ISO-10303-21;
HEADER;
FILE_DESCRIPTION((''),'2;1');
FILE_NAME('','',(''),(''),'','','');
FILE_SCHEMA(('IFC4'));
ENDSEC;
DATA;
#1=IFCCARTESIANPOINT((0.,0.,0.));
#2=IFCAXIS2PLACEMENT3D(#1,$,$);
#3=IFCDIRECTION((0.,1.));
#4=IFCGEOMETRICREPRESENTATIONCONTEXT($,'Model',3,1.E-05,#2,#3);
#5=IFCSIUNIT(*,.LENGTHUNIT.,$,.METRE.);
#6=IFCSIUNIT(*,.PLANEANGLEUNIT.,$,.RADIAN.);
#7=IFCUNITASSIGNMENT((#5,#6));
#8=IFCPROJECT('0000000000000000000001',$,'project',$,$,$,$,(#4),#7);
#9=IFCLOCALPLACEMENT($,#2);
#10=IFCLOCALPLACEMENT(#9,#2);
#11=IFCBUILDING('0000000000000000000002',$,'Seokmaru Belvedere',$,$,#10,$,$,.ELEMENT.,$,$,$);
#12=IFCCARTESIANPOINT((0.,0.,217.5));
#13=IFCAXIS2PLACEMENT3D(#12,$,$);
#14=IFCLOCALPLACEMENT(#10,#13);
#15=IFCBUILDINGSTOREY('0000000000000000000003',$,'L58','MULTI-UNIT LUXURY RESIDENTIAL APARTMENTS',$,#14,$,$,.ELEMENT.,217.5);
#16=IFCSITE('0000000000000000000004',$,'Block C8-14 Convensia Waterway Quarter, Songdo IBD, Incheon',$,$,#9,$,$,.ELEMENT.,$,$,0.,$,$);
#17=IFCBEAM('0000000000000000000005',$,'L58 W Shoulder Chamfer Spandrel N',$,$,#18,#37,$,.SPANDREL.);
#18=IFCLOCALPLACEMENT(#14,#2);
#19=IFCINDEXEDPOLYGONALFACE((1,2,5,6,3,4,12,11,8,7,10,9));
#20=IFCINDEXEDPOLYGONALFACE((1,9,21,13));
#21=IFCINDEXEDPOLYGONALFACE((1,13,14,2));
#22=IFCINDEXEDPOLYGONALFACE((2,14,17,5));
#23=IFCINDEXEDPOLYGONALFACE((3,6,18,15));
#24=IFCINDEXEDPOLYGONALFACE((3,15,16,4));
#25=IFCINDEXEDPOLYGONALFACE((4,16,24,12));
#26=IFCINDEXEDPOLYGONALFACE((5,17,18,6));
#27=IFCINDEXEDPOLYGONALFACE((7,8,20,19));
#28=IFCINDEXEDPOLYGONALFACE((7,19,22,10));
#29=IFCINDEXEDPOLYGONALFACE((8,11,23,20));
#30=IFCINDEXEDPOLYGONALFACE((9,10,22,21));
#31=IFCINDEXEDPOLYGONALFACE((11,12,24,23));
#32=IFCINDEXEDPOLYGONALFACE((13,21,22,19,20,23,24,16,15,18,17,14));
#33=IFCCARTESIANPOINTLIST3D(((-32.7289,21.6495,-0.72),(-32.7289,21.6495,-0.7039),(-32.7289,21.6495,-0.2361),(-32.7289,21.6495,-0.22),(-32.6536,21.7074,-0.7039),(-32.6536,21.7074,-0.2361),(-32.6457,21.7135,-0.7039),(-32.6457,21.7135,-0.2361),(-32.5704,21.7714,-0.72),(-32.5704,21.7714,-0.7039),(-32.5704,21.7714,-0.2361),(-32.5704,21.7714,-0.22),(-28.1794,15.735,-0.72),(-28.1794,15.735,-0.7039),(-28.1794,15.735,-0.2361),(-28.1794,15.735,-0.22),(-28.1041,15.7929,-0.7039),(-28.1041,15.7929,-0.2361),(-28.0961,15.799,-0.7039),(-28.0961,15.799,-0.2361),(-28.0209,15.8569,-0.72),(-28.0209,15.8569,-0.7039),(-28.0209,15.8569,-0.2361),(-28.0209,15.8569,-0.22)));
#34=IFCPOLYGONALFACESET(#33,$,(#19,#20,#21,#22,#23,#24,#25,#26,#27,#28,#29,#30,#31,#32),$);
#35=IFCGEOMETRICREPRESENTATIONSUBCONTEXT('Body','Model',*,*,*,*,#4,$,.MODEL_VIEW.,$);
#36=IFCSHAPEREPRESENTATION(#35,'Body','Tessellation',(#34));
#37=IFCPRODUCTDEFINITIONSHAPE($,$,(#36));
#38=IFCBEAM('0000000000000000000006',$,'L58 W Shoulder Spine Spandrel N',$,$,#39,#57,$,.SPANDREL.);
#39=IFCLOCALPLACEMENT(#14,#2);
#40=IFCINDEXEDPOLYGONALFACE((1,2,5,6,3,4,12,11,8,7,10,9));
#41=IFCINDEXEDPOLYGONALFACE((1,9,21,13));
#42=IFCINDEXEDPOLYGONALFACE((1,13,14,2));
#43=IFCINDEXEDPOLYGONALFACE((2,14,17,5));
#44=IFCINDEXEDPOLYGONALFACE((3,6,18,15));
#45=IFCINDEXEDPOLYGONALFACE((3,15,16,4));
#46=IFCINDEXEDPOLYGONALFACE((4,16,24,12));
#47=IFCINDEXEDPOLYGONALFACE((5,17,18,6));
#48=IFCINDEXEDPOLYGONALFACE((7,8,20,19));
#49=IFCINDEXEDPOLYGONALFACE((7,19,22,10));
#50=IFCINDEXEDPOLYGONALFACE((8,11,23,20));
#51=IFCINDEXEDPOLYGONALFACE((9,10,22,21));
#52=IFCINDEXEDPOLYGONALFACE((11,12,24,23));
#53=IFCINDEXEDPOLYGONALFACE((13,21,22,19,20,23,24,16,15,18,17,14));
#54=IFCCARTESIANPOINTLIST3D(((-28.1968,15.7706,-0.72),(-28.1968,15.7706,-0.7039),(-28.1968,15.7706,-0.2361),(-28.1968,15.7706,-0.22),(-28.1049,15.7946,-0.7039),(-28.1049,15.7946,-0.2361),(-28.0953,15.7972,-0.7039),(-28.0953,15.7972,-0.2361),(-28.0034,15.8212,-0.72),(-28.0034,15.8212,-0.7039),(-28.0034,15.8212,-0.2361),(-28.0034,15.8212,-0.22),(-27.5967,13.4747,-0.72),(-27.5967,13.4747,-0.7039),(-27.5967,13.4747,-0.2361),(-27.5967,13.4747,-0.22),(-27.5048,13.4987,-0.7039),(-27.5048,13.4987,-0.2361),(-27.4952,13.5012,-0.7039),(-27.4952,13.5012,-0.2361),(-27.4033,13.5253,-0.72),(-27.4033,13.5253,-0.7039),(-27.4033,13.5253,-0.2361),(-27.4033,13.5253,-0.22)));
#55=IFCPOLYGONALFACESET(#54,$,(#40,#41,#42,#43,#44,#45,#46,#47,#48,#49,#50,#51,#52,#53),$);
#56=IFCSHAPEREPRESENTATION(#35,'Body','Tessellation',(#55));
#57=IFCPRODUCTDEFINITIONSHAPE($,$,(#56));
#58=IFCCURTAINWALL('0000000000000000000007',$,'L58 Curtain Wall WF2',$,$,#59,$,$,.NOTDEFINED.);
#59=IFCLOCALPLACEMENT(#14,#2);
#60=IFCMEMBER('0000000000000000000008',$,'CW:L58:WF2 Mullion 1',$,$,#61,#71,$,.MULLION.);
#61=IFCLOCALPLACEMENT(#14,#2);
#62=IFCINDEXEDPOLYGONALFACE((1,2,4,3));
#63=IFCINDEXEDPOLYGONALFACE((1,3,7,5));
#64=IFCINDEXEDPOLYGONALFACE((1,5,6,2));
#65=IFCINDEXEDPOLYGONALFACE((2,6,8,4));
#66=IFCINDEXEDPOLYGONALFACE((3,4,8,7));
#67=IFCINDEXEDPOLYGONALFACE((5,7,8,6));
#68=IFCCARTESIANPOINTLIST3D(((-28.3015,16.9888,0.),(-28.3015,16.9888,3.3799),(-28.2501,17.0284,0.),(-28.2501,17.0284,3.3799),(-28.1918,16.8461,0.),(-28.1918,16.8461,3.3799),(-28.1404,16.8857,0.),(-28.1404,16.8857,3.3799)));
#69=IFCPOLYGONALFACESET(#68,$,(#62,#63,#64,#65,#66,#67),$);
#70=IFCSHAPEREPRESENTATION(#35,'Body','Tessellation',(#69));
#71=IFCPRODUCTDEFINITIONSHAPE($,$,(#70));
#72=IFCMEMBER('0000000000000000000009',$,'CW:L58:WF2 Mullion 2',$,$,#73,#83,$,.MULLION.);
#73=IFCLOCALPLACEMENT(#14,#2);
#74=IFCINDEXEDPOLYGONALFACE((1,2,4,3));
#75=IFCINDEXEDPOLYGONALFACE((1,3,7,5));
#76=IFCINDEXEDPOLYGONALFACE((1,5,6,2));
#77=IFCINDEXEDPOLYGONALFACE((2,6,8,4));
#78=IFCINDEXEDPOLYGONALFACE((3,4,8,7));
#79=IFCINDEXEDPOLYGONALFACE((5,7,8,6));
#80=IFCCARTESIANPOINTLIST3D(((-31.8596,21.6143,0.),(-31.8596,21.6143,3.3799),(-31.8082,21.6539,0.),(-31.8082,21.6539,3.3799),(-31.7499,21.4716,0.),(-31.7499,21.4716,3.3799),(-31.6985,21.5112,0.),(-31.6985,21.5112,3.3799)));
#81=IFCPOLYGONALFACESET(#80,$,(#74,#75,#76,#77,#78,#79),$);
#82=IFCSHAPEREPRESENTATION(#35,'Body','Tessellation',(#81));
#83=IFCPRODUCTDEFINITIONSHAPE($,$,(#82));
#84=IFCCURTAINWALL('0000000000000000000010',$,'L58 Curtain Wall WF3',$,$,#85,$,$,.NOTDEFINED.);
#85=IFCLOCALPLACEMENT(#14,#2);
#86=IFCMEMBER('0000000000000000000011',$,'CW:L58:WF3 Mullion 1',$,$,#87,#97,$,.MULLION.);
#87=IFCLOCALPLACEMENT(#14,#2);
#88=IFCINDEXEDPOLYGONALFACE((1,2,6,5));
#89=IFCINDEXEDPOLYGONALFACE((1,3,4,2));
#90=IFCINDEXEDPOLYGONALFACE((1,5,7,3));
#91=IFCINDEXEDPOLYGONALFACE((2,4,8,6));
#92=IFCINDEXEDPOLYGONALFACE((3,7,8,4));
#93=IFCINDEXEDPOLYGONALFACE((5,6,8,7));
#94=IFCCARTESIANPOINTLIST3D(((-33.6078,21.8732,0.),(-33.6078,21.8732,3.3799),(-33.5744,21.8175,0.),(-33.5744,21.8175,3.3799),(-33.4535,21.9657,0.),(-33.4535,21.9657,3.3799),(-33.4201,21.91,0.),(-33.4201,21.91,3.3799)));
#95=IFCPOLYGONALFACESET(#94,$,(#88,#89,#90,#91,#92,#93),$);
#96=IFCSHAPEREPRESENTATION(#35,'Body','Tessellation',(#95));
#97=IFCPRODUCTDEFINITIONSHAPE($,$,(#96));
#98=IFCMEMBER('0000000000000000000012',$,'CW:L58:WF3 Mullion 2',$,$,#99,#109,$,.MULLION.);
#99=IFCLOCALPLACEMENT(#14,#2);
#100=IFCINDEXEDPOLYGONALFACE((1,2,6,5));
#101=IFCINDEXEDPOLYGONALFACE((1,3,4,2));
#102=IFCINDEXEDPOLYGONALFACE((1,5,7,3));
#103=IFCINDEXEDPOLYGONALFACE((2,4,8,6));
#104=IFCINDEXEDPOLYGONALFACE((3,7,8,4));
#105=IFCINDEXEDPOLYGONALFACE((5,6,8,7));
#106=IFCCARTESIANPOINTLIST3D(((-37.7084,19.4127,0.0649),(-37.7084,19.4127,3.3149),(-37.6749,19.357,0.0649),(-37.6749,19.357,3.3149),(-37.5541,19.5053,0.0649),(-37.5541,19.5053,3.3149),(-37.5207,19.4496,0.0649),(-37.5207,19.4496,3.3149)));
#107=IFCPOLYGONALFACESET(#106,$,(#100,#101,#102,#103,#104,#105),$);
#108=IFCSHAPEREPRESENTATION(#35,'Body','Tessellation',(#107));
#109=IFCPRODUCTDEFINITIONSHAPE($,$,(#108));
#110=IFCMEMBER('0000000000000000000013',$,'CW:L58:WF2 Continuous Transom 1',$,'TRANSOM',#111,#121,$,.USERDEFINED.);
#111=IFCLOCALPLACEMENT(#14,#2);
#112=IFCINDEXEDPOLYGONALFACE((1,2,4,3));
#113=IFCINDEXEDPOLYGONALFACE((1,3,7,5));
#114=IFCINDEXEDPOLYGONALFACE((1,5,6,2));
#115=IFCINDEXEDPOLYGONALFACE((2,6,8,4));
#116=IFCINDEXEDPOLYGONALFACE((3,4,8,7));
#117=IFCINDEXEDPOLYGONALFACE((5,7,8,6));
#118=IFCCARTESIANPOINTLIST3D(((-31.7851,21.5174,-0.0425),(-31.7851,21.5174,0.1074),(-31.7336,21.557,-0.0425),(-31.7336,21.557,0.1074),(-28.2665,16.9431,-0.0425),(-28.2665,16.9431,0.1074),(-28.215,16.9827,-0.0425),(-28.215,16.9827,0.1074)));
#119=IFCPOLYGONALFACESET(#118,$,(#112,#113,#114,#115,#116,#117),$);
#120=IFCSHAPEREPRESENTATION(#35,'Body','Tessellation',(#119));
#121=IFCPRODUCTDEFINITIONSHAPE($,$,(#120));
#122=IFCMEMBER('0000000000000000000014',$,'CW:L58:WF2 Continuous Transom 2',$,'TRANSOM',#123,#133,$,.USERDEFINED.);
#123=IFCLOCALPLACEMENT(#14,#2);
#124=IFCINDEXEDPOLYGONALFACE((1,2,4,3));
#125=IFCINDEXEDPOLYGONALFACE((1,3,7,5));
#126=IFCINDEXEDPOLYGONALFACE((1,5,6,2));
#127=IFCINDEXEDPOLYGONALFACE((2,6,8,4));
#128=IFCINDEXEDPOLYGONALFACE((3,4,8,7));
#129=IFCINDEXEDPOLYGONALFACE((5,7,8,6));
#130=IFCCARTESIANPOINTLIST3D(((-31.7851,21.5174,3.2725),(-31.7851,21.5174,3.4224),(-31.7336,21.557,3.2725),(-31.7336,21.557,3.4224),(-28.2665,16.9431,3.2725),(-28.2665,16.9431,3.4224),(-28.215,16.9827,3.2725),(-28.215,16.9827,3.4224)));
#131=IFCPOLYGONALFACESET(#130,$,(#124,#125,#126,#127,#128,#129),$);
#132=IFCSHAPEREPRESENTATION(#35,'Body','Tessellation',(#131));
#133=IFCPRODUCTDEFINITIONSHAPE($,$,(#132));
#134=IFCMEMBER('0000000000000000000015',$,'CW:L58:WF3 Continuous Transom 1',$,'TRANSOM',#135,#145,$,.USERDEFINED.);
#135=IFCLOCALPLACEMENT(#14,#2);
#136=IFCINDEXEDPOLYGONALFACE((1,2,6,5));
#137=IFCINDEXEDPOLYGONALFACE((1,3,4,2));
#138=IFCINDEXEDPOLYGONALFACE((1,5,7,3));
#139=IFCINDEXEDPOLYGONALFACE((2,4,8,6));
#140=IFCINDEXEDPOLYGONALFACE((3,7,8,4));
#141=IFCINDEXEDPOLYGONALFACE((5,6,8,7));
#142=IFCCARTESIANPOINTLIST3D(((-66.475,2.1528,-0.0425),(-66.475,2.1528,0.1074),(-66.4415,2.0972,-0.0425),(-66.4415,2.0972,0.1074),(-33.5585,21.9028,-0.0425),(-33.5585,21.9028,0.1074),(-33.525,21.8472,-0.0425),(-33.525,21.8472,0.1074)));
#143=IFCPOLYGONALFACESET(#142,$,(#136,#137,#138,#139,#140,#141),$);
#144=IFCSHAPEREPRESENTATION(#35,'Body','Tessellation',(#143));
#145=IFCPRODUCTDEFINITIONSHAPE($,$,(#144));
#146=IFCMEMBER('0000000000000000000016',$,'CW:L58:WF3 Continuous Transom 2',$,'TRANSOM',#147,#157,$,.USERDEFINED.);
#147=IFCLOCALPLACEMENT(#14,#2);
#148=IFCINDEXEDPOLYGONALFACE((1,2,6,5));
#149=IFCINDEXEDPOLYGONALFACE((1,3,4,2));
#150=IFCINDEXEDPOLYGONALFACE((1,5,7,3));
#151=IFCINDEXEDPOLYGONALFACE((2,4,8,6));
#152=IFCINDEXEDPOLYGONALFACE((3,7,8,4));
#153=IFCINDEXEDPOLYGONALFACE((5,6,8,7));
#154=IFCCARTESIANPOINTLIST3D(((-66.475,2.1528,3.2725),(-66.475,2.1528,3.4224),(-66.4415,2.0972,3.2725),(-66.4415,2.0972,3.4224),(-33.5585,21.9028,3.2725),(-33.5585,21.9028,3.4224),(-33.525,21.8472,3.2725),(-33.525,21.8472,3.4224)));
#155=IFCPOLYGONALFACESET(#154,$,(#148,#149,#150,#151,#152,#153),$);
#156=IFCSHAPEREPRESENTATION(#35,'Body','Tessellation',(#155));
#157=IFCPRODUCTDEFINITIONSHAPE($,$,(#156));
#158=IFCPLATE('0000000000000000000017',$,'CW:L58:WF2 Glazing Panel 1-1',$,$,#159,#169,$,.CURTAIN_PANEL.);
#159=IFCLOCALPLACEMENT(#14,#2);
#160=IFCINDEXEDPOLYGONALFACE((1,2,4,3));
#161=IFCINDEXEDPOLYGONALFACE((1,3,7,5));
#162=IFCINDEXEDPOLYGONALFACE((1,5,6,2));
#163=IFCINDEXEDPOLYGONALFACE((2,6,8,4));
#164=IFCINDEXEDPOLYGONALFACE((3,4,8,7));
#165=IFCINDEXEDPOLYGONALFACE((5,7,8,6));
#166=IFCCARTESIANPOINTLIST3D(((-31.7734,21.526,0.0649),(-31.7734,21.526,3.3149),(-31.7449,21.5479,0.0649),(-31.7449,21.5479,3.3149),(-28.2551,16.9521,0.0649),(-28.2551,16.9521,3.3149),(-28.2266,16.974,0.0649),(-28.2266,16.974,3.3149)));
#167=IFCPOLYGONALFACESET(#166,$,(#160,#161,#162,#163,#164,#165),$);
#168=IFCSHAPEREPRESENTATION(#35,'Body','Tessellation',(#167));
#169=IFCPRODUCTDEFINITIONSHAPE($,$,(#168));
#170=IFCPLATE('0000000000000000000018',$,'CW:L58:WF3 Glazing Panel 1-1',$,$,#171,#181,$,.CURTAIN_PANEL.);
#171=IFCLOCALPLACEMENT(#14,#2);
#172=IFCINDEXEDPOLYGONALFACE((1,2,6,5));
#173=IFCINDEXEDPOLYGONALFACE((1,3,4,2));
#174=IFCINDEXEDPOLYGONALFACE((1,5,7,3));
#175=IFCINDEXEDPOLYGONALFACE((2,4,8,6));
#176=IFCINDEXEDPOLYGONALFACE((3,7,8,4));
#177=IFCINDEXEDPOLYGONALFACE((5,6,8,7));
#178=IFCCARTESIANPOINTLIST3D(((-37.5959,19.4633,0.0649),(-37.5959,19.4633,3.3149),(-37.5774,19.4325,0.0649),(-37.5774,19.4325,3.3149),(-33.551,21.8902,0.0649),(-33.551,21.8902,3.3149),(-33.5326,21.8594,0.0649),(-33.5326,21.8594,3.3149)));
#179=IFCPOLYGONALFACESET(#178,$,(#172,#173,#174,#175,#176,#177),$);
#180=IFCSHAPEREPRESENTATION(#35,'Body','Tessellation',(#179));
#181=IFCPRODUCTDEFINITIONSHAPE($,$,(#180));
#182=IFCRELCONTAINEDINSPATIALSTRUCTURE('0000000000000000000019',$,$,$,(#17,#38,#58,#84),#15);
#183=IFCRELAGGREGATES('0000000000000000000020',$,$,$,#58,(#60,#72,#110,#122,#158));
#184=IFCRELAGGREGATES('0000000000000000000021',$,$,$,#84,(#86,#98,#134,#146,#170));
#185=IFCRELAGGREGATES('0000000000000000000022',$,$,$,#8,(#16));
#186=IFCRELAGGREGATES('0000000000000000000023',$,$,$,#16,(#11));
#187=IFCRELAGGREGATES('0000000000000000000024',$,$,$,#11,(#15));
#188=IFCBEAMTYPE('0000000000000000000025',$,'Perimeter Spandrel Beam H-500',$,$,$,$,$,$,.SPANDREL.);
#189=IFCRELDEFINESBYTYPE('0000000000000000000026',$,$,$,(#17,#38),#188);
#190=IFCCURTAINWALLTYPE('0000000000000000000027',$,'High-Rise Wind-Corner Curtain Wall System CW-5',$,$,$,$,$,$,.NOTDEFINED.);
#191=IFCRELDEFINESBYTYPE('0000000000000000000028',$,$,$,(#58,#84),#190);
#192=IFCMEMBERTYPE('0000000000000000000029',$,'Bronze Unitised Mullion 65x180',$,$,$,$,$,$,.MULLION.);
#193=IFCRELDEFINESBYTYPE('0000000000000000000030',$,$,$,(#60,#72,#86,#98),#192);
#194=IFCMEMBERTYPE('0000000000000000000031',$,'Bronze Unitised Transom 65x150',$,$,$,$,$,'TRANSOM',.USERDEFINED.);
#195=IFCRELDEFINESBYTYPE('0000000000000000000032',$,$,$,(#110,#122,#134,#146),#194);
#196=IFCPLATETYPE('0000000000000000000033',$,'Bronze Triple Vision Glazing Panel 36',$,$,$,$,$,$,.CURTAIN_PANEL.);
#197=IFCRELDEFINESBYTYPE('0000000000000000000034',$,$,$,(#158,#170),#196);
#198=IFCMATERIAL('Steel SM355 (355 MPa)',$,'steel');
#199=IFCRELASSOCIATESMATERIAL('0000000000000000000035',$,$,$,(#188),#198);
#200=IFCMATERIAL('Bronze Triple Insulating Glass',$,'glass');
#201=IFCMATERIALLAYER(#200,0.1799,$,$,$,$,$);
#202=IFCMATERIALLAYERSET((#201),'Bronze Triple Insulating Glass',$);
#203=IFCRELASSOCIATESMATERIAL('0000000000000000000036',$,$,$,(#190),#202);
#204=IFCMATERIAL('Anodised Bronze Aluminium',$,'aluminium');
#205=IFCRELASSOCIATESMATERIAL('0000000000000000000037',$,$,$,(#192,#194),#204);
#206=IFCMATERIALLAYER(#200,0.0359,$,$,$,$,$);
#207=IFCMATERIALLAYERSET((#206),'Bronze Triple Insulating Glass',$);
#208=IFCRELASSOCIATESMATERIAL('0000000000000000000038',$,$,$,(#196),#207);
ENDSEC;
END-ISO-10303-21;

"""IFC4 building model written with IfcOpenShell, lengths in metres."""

from ifc_helpers import new_model, si_unit, direction, frame, origin, origin_2d, place, context, subcontext, project, spatial, rectangle, i_section, extrude, source, transform, mapped, material, layer, layer_set, material_profile, profile_set, type_object, type_shapes, element, aggregate, save


model = new_model("IFC4")

# Units and contexts
model_context = context("Model", 3, precision=1e-05, world=origin(), true_north=direction((0.0, 1.0)))
body_context = subcontext(model_context, "Body", "Model", "MODEL_VIEW")
ifc_project = project(units=[si_unit("LENGTHUNIT", "METRE"), si_unit("PLANEANGLEUNIT", "RADIAN")], contexts=[model_context])

# Site, building, storey
site_placement = place(None, origin())
site = spatial("IfcSite", under=ifc_project, at=site_placement, Name="Block C8-14 Convensia Waterway Quarter, Songdo IBD, Incheon", CompositionType="ELEMENT", RefElevation=0.0)
building_placement = place(site_placement, origin())
building = spatial("IfcBuilding", under=site, at=building_placement, Name="Seokmaru Belvedere", CompositionType="ELEMENT")
storey_placement = place(building_placement, frame((0.0, 0.0, 217.5)))
storey = spatial("IfcBuildingStorey", under=building, at=storey_placement, Name="L58", Description="MULTI-UNIT LUXURY RESIDENTIAL APARTMENTS", CompositionType="ELEMENT", Elevation=217.5)

# Shared definitions
ifc_material_1 = material(Name="Steel SM355 (355 MPa)", Category="steel")

# Beams
ifc_material_profile_1 = material_profile(ifc_material_1, i_section(OverallWidth=0.2, OverallDepth=0.5, WebThickness=0.01, FlangeThickness=0.0161, at=origin_2d()), Name="H-500x200x10x16")
ifc_profile_set_1 = profile_set([ifc_material_profile_1], Name="Steel SM355 (355 MPa)")
beam_type_1 = type_object("IfcBeamType", Name="Perimeter Spandrel Beam H-500", PredefinedType="SPANDREL", material=ifc_profile_set_1)
shared_shape_1 = source(origin(), body_context, "Body", "SweptSolid", [
    extrude(i_section(OverallWidth=0.2, OverallDepth=0.5, WebThickness=0.01, FlangeThickness=0.0161, at=origin_2d()), origin(), (0.0, 0.0, 1.0), 7.4619),
])
beam_1_placement = place(storey_placement, frame((-32.6497, 21.7104, -0.47), z_axis=(0.609703, -0.79263, 0.0), x_axis=(0.79263, 0.609703, 0.0)))
element("IfcBeam", 1, at=beam_1_placement, inside=storey, type_object=beam_type_1, Name="L58 W Shoulder Chamfer Spandrel N", PredefinedType="SPANDREL", context=body_context, shape_type="MappedRepresentation", body=[
    mapped(shared_shape_1, transform((0.0, 0.0, 0.0), scale=1.0)),
])
shared_shape_2 = source(origin(), body_context, "Body", "SweptSolid", [
    extrude(i_section(OverallWidth=0.2, OverallDepth=0.5, WebThickness=0.01, FlangeThickness=0.0161, at=origin_2d()), origin(), (0.0, 0.0, 1.0), 2.373),
])
beam_2_placement = place(storey_placement, frame((-28.1001, 15.7959, -0.47), z_axis=(0.252883, -0.967497, 0.0), x_axis=(0.967497, 0.252883, 0.0)))
element("IfcBeam", 2, at=beam_2_placement, inside=storey, type_object=beam_type_1, Name="L58 W Shoulder Spine Spandrel N", PredefinedType="SPANDREL", context=body_context, shape_type="MappedRepresentation", body=[
    mapped(shared_shape_2, transform((0.0, 0.0, 0.0), scale=1.0)),
])

# Curtain walls, members
ifc_material_2 = material(Name="Bronze Triple Insulating Glass", Category="glass")
ifc_layer_1 = layer(ifc_material_2, 0.1799)
ifc_layer_set_1 = layer_set([ifc_layer_1], Name="Bronze Triple Insulating Glass")
curtain_wall_type = type_object("IfcCurtainWallType", Name="High-Rise Wind-Corner Curtain Wall System CW-5", PredefinedType="NOTDEFINED", material=ifc_layer_set_1)
curtain_wall_1_placement = place(storey_placement, origin())
curtain_wall_1 = element("IfcCurtainWall", 3, at=curtain_wall_1_placement, inside=storey, type_object=curtain_wall_type, Name="L58 Curtain Wall WF2", PredefinedType="NOTDEFINED")
ifc_material_3 = material(Name="Anodised Bronze Aluminium", Category="aluminium")
ifc_material_profile_2 = material_profile(ifc_material_3, rectangle(XDim=0.0649, YDim=0.1799, at=origin_2d()), Name="CW-M-65x180")
ifc_profile_set_2 = profile_set([ifc_material_profile_2], Name="Anodised Bronze Aluminium")
member_type_1 = type_object("IfcMemberType", Name="Bronze Unitised Mullion 65x180", PredefinedType="MULLION", material=ifc_profile_set_2)
shared_shape_3 = source(origin(), body_context, "Body", "SweptSolid", [
    extrude(rectangle(XDim=0.0649, YDim=0.1799, at=origin_2d()), origin(), (0.0, 0.0, 1.0), 3.3799),
])
member_1_placement = place(storey_placement, frame((-28.2209, 16.9373, 0.0), z_axis=(0.0, 0.0, 1.0), x_axis=(-0.792631, -0.609701, 0.0)))
member_1 = element("IfcMember", 4, at=member_1_placement, type_object=member_type_1, Name="CW:L58:WF2 Mullion 1", PredefinedType="MULLION", context=body_context, shape_type="MappedRepresentation", body=[
    mapped(shared_shape_3, transform((0.0, 0.0, 0.0), scale=1.0)),
])
member_2_placement = place(storey_placement, frame((-31.7791, 21.5627, 0.0), z_axis=(0.0, 0.0, 1.0), x_axis=(-0.792631, -0.609701, 0.0)))
member_2 = element("IfcMember", 5, at=member_2_placement, type_object=member_type_1, Name="CW:L58:WF2 Mullion 2", PredefinedType="MULLION", context=body_context, shape_type="MappedRepresentation", body=[
    mapped(shared_shape_3, transform((0.0, 0.0, 0.0), scale=1.0)),
])
curtain_wall_2_placement = place(storey_placement, origin())
curtain_wall_2 = element("IfcCurtainWall", 6, at=curtain_wall_2_placement, inside=storey, type_object=curtain_wall_type, Name="L58 Curtain Wall WF3", PredefinedType="NOTDEFINED")
member_3_placement = place(storey_placement, frame((-33.5139, 21.8916, 0.0), z_axis=(0.0, 0.0, 1.0), x_axis=(0.514495, -0.857493, 0.0)))
member_3 = element("IfcMember", 7, at=member_3_placement, type_object=member_type_1, Name="CW:L58:WF3 Mullion 1", PredefinedType="MULLION", context=body_context, shape_type="MappedRepresentation", body=[
    mapped(shared_shape_3, transform((0.0, 0.0, 0.0), scale=1.0)),
])
shared_shape_4 = source(origin(), body_context, "Body", "SweptSolid", [
    extrude(rectangle(XDim=0.0649, YDim=0.1799, at=origin_2d()), origin(), (0.0, 0.0, 1.0), 3.25),
])
type_shapes(member_type_1, [shared_shape_3, shared_shape_4])
member_4_placement = place(storey_placement, frame((-37.6145, 19.4312, 0.0649), z_axis=(0.0, 0.0, 1.0), x_axis=(0.514495, -0.857493, 0.0)))
member_4 = element("IfcMember", 8, at=member_4_placement, type_object=member_type_1, Name="CW:L58:WF3 Mullion 2", PredefinedType="MULLION", context=body_context, shape_type="MappedRepresentation", body=[
    mapped(shared_shape_4, transform((0.0, 0.0, 0.0), scale=1.0)),
])

# Members
ifc_material_profile_3 = material_profile(ifc_material_3, rectangle(XDim=0.0649, YDim=0.1499, at=origin_2d()), Name="CW-T-65x150")
ifc_profile_set_3 = profile_set([ifc_material_profile_3], Name="Anodised Bronze Aluminium")
member_type_2 = type_object("IfcMemberType", Name="Bronze Unitised Transom 65x150", ElementType="TRANSOM", PredefinedType="USERDEFINED", material=ifc_profile_set_3)
shared_shape_5 = source(origin(), body_context, "Body", "SweptSolid", [
    extrude(rectangle(XDim=0.0649, YDim=0.1499, at=origin_2d()), origin(), (0.0, 0.0, 1.0), 5.771),
])
member_5_placement = place(storey_placement, frame((-28.2407, 16.9629, 0.0325), z_axis=(-0.609703, 0.79263, 0.0), x_axis=(-0.79263, -0.609703, 0.0)))
member_5 = element("IfcMember", 9, at=member_5_placement, type_object=member_type_2, Name="CW:L58:WF2 Continuous Transom 1", ObjectType="TRANSOM", PredefinedType="USERDEFINED", context=body_context, shape_type="MappedRepresentation", body=[
    mapped(shared_shape_5, transform((0.0, 0.0, 0.0), scale=1.0)),
])
member_6_placement = place(storey_placement, frame((-28.2407, 16.9629, 3.3474), z_axis=(-0.609703, 0.79263, 0.0), x_axis=(-0.79263, -0.609703, 0.0)))
member_6 = element("IfcMember", 10, at=member_6_placement, type_object=member_type_2, Name="CW:L58:WF2 Continuous Transom 2", ObjectType="TRANSOM", PredefinedType="USERDEFINED", context=body_context, shape_type="MappedRepresentation", body=[
    mapped(shared_shape_5, transform((0.0, 0.0, 0.0), scale=1.0)),
])
shared_shape_6 = source(origin(), body_context, "Body", "SweptSolid", [
    extrude(rectangle(XDim=0.0649, YDim=0.1499, at=origin_2d()), origin(), (0.0, 0.0, 1.0), 38.387),
])
type_shapes(member_type_2, [shared_shape_5, shared_shape_6])
member_7_placement = place(storey_placement, frame((-33.5417, 21.875, 0.0325), z_axis=(-0.857492, -0.514498, 0.0), x_axis=(0.514498, -0.857492, 0.0)))
member_7 = element("IfcMember", 11, at=member_7_placement, type_object=member_type_2, Name="CW:L58:WF3 Continuous Transom 1", ObjectType="TRANSOM", PredefinedType="USERDEFINED", context=body_context, shape_type="MappedRepresentation", body=[
    mapped(shared_shape_6, transform((0.0, 0.0, 0.0), scale=1.0)),
])
member_8_placement = place(storey_placement, frame((-33.5417, 21.875, 3.3474), z_axis=(-0.857492, -0.514498, 0.0), x_axis=(0.514498, -0.857492, 0.0)))
member_8 = element("IfcMember", 12, at=member_8_placement, type_object=member_type_2, Name="CW:L58:WF3 Continuous Transom 2", ObjectType="TRANSOM", PredefinedType="USERDEFINED", context=body_context, shape_type="MappedRepresentation", body=[
    mapped(shared_shape_6, transform((0.0, 0.0, 0.0), scale=1.0)),
])

# Plates
ifc_layer_2 = layer(ifc_material_2, 0.0359)
ifc_layer_set_2 = layer_set([ifc_layer_2], Name="Bronze Triple Insulating Glass")
plate_type = type_object("IfcPlateType", Name="Bronze Triple Vision Glazing Panel 36", PredefinedType="CURTAIN_PANEL", material=ifc_layer_set_2)
shared_shape_7 = source(origin(), body_context, "Body", "SweptSolid", [
    extrude(rectangle(XDim=5.7705, YDim=0.0359, at=origin_2d()), origin(), (0.0, 0.0, 1.0), 3.25),
])
plate_1_placement = place(storey_placement, frame((-30.0, 19.25, 0.0649), z_axis=(0.0, 0.0, 1.0), x_axis=(-0.609701, 0.792631, 0.0)))
plate_1 = element("IfcPlate", 13, at=plate_1_placement, type_object=plate_type, Name="CW:L58:WF2 Glazing Panel 1-1", PredefinedType="CURTAIN_PANEL", context=body_context, shape_type="MappedRepresentation", body=[
    mapped(shared_shape_7, transform((0.0, 0.0, 0.0), scale=1.0)),
])
aggregate(curtain_wall_1, [member_1, member_2, member_5, member_6, plate_1])
shared_shape_8 = source(origin(), body_context, "Body", "SweptSolid", [
    extrude(rectangle(XDim=4.717, YDim=0.0359, at=origin_2d()), origin(), (0.0, 0.0, 1.0), 3.25),
])
type_shapes(plate_type, [shared_shape_7, shared_shape_8])
plate_2_placement = place(storey_placement, frame((-35.5642, 20.6614, 0.0649), z_axis=(0.0, 0.0, 1.0), x_axis=(-0.857493, -0.514495, 0.0)))
plate_2 = element("IfcPlate", 14, at=plate_2_placement, type_object=plate_type, Name="CW:L58:WF3 Glazing Panel 1-1", PredefinedType="CURTAIN_PANEL", context=body_context, shape_type="MappedRepresentation", body=[
    mapped(shared_shape_8, transform((0.0, 0.0, 0.0), scale=1.0)),
])
aggregate(curtain_wall_2, [member_3, member_4, member_7, member_8, plate_2])

save(model, "model.ifc")
